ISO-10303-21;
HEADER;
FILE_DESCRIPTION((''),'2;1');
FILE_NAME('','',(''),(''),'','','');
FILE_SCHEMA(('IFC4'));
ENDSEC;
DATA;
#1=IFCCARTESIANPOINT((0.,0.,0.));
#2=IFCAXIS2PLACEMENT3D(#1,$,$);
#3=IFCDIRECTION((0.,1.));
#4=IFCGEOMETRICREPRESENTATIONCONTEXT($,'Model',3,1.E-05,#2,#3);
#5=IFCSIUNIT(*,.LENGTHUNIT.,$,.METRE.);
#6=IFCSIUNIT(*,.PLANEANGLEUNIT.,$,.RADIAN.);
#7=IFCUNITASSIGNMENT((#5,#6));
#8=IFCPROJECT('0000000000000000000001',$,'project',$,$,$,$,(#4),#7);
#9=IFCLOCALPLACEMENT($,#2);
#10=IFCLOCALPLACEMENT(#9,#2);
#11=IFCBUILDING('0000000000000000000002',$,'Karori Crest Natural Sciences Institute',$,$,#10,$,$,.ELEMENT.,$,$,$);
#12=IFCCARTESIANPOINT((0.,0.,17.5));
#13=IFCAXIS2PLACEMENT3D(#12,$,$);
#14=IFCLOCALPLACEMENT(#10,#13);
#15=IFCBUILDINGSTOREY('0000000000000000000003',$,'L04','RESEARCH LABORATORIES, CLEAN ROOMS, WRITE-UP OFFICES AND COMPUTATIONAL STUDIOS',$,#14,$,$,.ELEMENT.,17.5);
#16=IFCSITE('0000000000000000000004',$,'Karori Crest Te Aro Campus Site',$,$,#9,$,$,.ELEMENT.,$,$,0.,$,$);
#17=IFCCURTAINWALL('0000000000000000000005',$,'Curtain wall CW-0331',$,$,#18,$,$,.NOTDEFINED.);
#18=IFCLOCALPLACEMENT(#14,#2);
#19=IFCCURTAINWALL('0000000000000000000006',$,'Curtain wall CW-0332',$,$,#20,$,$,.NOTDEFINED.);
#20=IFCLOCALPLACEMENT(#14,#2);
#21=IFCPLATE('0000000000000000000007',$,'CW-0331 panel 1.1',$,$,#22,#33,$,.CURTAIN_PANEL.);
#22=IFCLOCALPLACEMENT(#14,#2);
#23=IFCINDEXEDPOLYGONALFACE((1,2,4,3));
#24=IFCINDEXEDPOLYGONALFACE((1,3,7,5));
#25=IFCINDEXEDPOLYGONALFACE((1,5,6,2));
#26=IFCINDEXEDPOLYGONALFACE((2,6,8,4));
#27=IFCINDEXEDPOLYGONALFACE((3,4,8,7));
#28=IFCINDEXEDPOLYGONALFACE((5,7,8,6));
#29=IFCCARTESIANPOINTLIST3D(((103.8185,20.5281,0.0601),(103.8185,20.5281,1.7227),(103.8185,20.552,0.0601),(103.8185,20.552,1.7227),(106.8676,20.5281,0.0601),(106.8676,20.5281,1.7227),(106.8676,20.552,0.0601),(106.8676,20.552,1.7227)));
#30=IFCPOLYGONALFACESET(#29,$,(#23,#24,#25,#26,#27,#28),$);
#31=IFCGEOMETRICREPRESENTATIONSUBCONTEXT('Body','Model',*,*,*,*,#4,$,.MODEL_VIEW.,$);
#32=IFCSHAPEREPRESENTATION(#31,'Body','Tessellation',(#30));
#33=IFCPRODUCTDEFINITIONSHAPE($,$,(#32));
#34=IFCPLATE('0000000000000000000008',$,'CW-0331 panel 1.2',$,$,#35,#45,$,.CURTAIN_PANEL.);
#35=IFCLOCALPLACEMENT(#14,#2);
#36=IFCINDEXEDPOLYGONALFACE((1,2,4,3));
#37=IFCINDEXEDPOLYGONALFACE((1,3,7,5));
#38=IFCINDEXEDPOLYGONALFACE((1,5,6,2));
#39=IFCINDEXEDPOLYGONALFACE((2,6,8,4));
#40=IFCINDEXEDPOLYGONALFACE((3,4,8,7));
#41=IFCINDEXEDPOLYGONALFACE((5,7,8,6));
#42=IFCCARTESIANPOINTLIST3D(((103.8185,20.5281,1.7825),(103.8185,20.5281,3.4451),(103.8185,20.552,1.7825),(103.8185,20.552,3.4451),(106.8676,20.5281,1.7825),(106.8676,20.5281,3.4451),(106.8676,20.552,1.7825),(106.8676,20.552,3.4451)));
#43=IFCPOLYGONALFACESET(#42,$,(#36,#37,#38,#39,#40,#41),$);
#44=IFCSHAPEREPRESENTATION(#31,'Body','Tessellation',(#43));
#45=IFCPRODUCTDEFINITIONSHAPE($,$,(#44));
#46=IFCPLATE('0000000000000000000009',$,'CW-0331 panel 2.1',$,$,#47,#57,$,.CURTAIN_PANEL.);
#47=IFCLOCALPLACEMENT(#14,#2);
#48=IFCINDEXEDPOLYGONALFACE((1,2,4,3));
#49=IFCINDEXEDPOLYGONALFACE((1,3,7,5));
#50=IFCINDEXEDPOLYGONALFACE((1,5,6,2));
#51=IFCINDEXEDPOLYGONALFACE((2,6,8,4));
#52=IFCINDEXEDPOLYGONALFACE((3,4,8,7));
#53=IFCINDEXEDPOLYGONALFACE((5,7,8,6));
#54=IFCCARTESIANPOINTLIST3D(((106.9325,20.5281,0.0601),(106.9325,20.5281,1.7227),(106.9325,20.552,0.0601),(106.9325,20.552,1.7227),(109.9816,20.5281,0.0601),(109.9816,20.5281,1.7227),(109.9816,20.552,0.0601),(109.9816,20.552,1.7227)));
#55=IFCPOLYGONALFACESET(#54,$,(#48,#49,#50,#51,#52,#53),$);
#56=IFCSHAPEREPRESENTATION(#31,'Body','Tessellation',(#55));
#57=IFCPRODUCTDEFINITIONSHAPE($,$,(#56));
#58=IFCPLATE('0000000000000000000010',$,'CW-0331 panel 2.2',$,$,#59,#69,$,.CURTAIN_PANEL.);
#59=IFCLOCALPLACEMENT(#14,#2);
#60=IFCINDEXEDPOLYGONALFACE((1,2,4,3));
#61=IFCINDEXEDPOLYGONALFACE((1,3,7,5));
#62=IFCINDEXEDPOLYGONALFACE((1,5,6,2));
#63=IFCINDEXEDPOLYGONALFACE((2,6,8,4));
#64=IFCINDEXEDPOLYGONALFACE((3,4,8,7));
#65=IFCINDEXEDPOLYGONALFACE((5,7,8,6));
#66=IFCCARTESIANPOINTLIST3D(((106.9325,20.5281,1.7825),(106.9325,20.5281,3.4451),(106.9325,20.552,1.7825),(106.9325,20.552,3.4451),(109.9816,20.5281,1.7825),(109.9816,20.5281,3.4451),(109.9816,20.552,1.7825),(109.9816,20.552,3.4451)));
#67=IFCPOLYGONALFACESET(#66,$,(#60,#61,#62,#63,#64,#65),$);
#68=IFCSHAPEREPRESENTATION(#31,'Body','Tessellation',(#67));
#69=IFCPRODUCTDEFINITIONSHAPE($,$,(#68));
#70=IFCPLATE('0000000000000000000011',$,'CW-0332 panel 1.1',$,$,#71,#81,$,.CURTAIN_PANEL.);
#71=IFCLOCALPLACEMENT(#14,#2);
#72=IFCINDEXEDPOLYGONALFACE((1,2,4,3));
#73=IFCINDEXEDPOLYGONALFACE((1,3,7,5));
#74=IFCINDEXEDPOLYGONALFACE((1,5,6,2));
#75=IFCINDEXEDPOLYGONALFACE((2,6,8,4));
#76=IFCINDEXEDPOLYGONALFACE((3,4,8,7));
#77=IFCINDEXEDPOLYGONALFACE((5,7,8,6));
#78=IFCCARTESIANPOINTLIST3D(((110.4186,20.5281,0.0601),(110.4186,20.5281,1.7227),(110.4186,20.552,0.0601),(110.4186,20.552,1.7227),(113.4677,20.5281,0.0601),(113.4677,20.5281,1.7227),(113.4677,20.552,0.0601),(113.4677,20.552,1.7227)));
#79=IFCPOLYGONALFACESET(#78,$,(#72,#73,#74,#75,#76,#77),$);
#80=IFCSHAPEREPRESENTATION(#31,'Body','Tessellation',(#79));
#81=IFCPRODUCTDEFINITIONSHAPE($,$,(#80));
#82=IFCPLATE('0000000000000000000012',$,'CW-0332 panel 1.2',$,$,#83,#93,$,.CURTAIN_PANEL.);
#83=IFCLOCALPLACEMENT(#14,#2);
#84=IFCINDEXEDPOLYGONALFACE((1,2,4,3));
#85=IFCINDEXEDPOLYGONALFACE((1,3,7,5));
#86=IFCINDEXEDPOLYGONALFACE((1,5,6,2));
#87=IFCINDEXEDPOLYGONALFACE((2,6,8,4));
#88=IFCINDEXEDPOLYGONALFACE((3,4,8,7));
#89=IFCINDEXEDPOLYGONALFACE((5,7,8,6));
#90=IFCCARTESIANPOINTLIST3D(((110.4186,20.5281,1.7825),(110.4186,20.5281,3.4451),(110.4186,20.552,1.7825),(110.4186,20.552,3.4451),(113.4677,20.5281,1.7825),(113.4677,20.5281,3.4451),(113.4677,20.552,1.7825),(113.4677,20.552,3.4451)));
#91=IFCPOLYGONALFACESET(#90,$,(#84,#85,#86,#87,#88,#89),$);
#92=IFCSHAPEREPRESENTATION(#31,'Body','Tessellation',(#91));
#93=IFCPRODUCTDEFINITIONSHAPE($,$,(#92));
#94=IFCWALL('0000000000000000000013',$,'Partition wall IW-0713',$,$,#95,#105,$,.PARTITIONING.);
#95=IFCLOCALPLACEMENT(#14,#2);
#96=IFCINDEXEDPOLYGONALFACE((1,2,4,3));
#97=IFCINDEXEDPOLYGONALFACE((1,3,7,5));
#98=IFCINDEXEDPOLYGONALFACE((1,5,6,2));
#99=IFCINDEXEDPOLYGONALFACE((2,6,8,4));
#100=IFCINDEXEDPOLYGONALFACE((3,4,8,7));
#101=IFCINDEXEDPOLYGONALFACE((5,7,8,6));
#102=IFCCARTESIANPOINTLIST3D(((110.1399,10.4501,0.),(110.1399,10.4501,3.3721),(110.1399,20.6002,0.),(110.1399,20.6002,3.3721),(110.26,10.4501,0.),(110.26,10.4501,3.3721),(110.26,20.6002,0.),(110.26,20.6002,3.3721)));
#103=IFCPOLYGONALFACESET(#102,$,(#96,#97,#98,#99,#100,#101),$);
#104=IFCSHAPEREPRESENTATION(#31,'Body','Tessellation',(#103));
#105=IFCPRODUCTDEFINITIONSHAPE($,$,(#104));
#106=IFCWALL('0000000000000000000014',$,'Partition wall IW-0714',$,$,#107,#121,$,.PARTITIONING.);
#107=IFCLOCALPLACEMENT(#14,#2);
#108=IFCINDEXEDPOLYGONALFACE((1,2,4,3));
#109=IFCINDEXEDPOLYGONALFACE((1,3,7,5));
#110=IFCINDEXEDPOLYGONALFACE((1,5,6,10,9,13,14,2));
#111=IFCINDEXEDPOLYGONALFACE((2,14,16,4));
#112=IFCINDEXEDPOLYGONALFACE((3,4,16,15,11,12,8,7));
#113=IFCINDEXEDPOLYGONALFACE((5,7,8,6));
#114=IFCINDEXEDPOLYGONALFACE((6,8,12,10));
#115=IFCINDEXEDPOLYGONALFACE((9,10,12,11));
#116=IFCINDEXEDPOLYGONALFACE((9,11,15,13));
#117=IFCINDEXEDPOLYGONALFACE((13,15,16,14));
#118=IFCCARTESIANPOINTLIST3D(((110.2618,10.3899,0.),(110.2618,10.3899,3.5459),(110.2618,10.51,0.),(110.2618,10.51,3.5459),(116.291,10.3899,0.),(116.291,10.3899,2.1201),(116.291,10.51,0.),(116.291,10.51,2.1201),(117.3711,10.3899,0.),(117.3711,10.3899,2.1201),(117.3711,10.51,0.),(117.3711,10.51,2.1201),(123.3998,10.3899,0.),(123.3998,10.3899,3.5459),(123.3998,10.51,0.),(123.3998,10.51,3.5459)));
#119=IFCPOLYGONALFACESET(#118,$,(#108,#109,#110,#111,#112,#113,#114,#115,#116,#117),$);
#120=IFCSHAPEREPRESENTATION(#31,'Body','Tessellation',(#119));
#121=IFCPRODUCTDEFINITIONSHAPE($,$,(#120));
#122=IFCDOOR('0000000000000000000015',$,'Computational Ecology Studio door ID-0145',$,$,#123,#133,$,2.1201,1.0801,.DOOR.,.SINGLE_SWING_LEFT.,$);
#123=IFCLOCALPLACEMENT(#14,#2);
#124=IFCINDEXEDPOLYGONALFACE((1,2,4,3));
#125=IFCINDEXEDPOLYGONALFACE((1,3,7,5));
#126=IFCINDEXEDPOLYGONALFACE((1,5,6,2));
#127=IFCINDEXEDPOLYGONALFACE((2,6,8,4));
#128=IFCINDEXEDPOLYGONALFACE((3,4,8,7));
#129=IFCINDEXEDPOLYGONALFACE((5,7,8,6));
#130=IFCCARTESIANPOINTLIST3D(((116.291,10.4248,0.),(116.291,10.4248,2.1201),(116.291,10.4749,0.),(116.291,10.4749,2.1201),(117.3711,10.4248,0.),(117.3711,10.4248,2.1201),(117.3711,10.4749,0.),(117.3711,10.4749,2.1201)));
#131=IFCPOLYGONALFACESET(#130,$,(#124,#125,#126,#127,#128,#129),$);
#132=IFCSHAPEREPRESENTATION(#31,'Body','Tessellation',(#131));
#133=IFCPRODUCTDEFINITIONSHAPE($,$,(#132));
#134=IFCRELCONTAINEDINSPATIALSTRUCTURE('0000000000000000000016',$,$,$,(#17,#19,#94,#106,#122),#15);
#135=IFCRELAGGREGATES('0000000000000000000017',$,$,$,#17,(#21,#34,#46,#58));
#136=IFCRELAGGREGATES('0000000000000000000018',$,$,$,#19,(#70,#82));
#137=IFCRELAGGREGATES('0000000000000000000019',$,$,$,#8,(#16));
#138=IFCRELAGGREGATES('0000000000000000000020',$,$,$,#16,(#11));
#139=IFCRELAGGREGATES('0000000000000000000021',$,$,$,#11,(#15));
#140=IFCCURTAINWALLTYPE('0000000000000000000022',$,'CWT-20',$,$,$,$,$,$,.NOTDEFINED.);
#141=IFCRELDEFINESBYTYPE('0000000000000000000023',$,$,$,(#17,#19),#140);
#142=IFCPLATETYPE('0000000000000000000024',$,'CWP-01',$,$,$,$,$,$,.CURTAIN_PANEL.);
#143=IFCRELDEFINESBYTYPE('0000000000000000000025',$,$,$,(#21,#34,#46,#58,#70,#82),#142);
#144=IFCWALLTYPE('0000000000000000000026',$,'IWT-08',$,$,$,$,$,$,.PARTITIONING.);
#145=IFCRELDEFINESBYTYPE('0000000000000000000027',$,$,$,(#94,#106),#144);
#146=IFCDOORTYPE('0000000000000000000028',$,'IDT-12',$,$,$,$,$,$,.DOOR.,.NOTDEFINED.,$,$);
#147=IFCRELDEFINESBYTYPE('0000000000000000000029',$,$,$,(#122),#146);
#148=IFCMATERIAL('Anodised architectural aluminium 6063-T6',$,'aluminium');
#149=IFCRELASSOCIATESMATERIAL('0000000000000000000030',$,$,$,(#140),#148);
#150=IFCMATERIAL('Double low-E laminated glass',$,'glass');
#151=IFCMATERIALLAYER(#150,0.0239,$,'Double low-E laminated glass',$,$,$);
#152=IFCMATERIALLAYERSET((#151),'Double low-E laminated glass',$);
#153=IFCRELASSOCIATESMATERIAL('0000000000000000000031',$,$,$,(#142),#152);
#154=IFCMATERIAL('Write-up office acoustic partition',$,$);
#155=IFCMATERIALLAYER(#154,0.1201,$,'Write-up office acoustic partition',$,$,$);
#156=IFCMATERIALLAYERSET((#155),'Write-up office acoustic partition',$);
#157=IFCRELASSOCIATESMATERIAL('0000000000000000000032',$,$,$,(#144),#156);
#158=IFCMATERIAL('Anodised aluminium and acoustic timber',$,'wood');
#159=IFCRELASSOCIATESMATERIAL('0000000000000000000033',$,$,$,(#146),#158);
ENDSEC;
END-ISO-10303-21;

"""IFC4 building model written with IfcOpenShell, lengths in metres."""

from ifc_helpers import new_model, si_unit, direction, frame, frame_2d, origin, origin_2d, place, context, subcontext, project, spatial, rectangle, extrude, material, layer, layer_set, type_object, element, fill, aggregate, save


model = new_model("IFC4")

# Units and contexts
model_context = context("Model", 3, precision=1e-05, world=origin(), true_north=direction((0.0, 1.0)))
body_context = subcontext(model_context, "Body", "Model", "MODEL_VIEW")
ifc_project = project(units=[si_unit("LENGTHUNIT", "METRE"), si_unit("PLANEANGLEUNIT", "RADIAN")], contexts=[model_context])

# Site, building, storey
site_placement = place(None, origin())
site = spatial("IfcSite", under=ifc_project, at=site_placement, Name="Karori Crest Te Aro Campus Site", CompositionType="ELEMENT", RefElevation=0.0)
building_placement = place(site_placement, origin())
building = spatial("IfcBuilding", under=site, at=building_placement, Name="Karori Crest Natural Sciences Institute", CompositionType="ELEMENT")
storey_placement = place(building_placement, frame((0.0, 0.0, 17.5)))
storey = spatial("IfcBuildingStorey", under=building, at=storey_placement, Name="L04", Description="RESEARCH LABORATORIES, CLEAN ROOMS, WRITE-UP OFFICES AND COMPUTATIONAL STUDIOS", CompositionType="ELEMENT", Elevation=17.5)

# Curtain walls
ifc_material_1 = material(Name="Anodised architectural aluminium 6063-T6", Category="aluminium")
curtain_wall_type = type_object("IfcCurtainWallType", Name="CWT-20", PredefinedType="NOTDEFINED", material=ifc_material_1)
curtain_wall_1_placement = place(storey_placement, origin())
curtain_wall_1 = element("IfcCurtainWall", 1, at=curtain_wall_1_placement, inside=storey, type_object=curtain_wall_type, Name="Curtain wall CW-0331", PredefinedType="NOTDEFINED")
curtain_wall_2_placement = place(storey_placement, origin())
curtain_wall_2 = element("IfcCurtainWall", 2, at=curtain_wall_2_placement, inside=storey, type_object=curtain_wall_type, Name="Curtain wall CW-0332", PredefinedType="NOTDEFINED")

# Plates
ifc_material_2 = material(Name="Double low-E laminated glass", Category="glass")
ifc_layer_1 = layer(ifc_material_2, 0.0239, Name="Double low-E laminated glass")
ifc_layer_set_1 = layer_set([ifc_layer_1], Name="Double low-E laminated glass")
plate_type = type_object("IfcPlateType", Name="CWP-01", PredefinedType="CURTAIN_PANEL", material=ifc_layer_set_1)
plate_1_placement = place(storey_placement, frame((105.343, 20.54, 0.0601), z_axis=(0.0, 0.0, 1.0), x_axis=(1.0, 0.0, 0.0)))
plate_1 = element("IfcPlate", 3, at=plate_1_placement, type_object=plate_type, Name="CW-0331 panel 1.1", PredefinedType="CURTAIN_PANEL", context=body_context, shape_type="SweptSolid", body=[
    extrude(rectangle(XDim=3.0491, YDim=0.0239, at=origin_2d()), origin(), (0.0, 0.0, 1.0), 1.6626),
])
plate_2_placement = place(storey_placement, frame((105.343, 20.54, 1.7825), z_axis=(0.0, 0.0, 1.0), x_axis=(1.0, 0.0, 0.0)))
plate_2 = element("IfcPlate", 4, at=plate_2_placement, type_object=plate_type, Name="CW-0331 panel 1.2", PredefinedType="CURTAIN_PANEL", context=body_context, shape_type="SweptSolid", body=[
    extrude(rectangle(XDim=3.0491, YDim=0.0239, at=origin_2d()), origin(), (0.0, 0.0, 1.0), 1.6626),
])
plate_3_placement = place(storey_placement, frame((108.457, 20.54, 0.0601), z_axis=(0.0, 0.0, 1.0), x_axis=(1.0, 0.0, 0.0)))
plate_3 = element("IfcPlate", 5, at=plate_3_placement, type_object=plate_type, Name="CW-0331 panel 2.1", PredefinedType="CURTAIN_PANEL", context=body_context, shape_type="SweptSolid", body=[
    extrude(rectangle(XDim=3.0491, YDim=0.0239, at=origin_2d()), origin(), (0.0, 0.0, 1.0), 1.6626),
])
plate_4_placement = place(storey_placement, frame((108.457, 20.54, 1.7825), z_axis=(0.0, 0.0, 1.0), x_axis=(1.0, 0.0, 0.0)))
plate_4 = element("IfcPlate", 6, at=plate_4_placement, type_object=plate_type, Name="CW-0331 panel 2.2", PredefinedType="CURTAIN_PANEL", context=body_context, shape_type="SweptSolid", body=[
    extrude(rectangle(XDim=3.0491, YDim=0.0239, at=origin_2d()), origin(), (0.0, 0.0, 1.0), 1.6626),
])
aggregate(curtain_wall_1, [plate_1, plate_2, plate_3, plate_4])
plate_5_placement = place(storey_placement, frame((111.9431, 20.54, 0.0601), z_axis=(0.0, 0.0, 1.0), x_axis=(1.0, 0.0, 0.0)))
plate_5 = element("IfcPlate", 7, at=plate_5_placement, type_object=plate_type, Name="CW-0332 panel 1.1", PredefinedType="CURTAIN_PANEL", context=body_context, shape_type="SweptSolid", body=[
    extrude(rectangle(XDim=3.0491, YDim=0.0239, at=origin_2d()), origin(), (0.0, 0.0, 1.0), 1.6626),
])
plate_6_placement = place(storey_placement, frame((111.9431, 20.54, 1.7825), z_axis=(0.0, 0.0, 1.0), x_axis=(1.0, 0.0, 0.0)))
plate_6 = element("IfcPlate", 8, at=plate_6_placement, type_object=plate_type, Name="CW-0332 panel 1.2", PredefinedType="CURTAIN_PANEL", context=body_context, shape_type="SweptSolid", body=[
    extrude(rectangle(XDim=3.0491, YDim=0.0239, at=origin_2d()), origin(), (0.0, 0.0, 1.0), 1.6626),
])
aggregate(curtain_wall_2, [plate_5, plate_6])

# Wall
ifc_material_3 = material(Name="Write-up office acoustic partition")
ifc_layer_2 = layer(ifc_material_3, 0.1201, Name="Write-up office acoustic partition")
ifc_layer_set_2 = layer_set([ifc_layer_2], Name="Write-up office acoustic partition")
wall_type = type_object("IfcWallType", Name="IWT-08", PredefinedType="PARTITIONING", material=ifc_layer_set_2)
wall_1_placement = place(storey_placement, frame((110.2, 10.45, 0.0), z_axis=(0.0, 0.0, 1.0), x_axis=(0.0, 1.0, 0.0)))
element("IfcWall", 9, at=wall_1_placement, inside=storey, type_object=wall_type, Name="Partition wall IW-0713", PredefinedType="PARTITIONING", context=body_context, shape_type="SweptSolid", body=[
    extrude(rectangle(XDim=10.1501, YDim=0.1201, at=frame_2d((5.0752, 0.0))), origin(), (0.0, 0.0, 1.0), 3.3721),
])

# Wall, opening, door
wall_2_placement = place(storey_placement, frame((110.262, 10.45, 0.0), z_axis=(0.0, 0.0, 1.0), x_axis=(1.0, 0.0, 0.0)))
wall_2 = element("IfcWall", 10, at=wall_2_placement, inside=storey, type_object=wall_type, Name="Partition wall IW-0714", PredefinedType="PARTITIONING", context=body_context, shape_type="SweptSolid", body=[
    extrude(rectangle(XDim=13.1379, YDim=0.1201, at=frame_2d((6.5688, 0.0))), origin(), (0.0, 0.0, 1.0), 3.5459),
])
opening_placement = place(wall_2_placement, frame((6.0291, 0.0, 0.0)))
opening = element("IfcOpeningElement", 11, at=opening_placement, cuts=wall_2, PredefinedType="OPENING", context=body_context, shape_type="SweptSolid", body=[
    extrude(rectangle(XDim=1.0801, YDim=2.1201, at=frame_2d((0.54, 1.0601))), frame((0.0, 0.0701, 0.0), z_axis=(0.0, -1.0, 0.0), x_axis=(1.0, 0.0, 0.0)), (0.0, 0.0, 1.0), 0.1401),
])
ifc_material_4 = material(Name="Anodised aluminium and acoustic timber", Category="wood")
door_type = type_object("IfcDoorType", Name="IDT-12", OperationType="NOTDEFINED", PredefinedType="DOOR", material=ifc_material_4)
door_placement = place(opening_placement, origin())
door = element("IfcDoor", 12, at=door_placement, inside=storey, type_object=door_type, Name="Computational Ecology Studio door ID-0145", OperationType="SINGLE_SWING_LEFT", OverallHeight=2.1201, OverallWidth=1.0801, PredefinedType="DOOR", context=body_context, shape_type="SweptSolid", body=[
    extrude(rectangle(XDim=1.0801, YDim=2.1201, at=frame_2d((0.54, 1.0601))), frame((0.0, 0.0249, 0.0), z_axis=(0.0, -1.0, 0.0), x_axis=(1.0, 0.0, 0.0)), (0.0, 0.0, 1.0), 0.05),
])
fill(opening, door)

save(model, "model.ifc")
